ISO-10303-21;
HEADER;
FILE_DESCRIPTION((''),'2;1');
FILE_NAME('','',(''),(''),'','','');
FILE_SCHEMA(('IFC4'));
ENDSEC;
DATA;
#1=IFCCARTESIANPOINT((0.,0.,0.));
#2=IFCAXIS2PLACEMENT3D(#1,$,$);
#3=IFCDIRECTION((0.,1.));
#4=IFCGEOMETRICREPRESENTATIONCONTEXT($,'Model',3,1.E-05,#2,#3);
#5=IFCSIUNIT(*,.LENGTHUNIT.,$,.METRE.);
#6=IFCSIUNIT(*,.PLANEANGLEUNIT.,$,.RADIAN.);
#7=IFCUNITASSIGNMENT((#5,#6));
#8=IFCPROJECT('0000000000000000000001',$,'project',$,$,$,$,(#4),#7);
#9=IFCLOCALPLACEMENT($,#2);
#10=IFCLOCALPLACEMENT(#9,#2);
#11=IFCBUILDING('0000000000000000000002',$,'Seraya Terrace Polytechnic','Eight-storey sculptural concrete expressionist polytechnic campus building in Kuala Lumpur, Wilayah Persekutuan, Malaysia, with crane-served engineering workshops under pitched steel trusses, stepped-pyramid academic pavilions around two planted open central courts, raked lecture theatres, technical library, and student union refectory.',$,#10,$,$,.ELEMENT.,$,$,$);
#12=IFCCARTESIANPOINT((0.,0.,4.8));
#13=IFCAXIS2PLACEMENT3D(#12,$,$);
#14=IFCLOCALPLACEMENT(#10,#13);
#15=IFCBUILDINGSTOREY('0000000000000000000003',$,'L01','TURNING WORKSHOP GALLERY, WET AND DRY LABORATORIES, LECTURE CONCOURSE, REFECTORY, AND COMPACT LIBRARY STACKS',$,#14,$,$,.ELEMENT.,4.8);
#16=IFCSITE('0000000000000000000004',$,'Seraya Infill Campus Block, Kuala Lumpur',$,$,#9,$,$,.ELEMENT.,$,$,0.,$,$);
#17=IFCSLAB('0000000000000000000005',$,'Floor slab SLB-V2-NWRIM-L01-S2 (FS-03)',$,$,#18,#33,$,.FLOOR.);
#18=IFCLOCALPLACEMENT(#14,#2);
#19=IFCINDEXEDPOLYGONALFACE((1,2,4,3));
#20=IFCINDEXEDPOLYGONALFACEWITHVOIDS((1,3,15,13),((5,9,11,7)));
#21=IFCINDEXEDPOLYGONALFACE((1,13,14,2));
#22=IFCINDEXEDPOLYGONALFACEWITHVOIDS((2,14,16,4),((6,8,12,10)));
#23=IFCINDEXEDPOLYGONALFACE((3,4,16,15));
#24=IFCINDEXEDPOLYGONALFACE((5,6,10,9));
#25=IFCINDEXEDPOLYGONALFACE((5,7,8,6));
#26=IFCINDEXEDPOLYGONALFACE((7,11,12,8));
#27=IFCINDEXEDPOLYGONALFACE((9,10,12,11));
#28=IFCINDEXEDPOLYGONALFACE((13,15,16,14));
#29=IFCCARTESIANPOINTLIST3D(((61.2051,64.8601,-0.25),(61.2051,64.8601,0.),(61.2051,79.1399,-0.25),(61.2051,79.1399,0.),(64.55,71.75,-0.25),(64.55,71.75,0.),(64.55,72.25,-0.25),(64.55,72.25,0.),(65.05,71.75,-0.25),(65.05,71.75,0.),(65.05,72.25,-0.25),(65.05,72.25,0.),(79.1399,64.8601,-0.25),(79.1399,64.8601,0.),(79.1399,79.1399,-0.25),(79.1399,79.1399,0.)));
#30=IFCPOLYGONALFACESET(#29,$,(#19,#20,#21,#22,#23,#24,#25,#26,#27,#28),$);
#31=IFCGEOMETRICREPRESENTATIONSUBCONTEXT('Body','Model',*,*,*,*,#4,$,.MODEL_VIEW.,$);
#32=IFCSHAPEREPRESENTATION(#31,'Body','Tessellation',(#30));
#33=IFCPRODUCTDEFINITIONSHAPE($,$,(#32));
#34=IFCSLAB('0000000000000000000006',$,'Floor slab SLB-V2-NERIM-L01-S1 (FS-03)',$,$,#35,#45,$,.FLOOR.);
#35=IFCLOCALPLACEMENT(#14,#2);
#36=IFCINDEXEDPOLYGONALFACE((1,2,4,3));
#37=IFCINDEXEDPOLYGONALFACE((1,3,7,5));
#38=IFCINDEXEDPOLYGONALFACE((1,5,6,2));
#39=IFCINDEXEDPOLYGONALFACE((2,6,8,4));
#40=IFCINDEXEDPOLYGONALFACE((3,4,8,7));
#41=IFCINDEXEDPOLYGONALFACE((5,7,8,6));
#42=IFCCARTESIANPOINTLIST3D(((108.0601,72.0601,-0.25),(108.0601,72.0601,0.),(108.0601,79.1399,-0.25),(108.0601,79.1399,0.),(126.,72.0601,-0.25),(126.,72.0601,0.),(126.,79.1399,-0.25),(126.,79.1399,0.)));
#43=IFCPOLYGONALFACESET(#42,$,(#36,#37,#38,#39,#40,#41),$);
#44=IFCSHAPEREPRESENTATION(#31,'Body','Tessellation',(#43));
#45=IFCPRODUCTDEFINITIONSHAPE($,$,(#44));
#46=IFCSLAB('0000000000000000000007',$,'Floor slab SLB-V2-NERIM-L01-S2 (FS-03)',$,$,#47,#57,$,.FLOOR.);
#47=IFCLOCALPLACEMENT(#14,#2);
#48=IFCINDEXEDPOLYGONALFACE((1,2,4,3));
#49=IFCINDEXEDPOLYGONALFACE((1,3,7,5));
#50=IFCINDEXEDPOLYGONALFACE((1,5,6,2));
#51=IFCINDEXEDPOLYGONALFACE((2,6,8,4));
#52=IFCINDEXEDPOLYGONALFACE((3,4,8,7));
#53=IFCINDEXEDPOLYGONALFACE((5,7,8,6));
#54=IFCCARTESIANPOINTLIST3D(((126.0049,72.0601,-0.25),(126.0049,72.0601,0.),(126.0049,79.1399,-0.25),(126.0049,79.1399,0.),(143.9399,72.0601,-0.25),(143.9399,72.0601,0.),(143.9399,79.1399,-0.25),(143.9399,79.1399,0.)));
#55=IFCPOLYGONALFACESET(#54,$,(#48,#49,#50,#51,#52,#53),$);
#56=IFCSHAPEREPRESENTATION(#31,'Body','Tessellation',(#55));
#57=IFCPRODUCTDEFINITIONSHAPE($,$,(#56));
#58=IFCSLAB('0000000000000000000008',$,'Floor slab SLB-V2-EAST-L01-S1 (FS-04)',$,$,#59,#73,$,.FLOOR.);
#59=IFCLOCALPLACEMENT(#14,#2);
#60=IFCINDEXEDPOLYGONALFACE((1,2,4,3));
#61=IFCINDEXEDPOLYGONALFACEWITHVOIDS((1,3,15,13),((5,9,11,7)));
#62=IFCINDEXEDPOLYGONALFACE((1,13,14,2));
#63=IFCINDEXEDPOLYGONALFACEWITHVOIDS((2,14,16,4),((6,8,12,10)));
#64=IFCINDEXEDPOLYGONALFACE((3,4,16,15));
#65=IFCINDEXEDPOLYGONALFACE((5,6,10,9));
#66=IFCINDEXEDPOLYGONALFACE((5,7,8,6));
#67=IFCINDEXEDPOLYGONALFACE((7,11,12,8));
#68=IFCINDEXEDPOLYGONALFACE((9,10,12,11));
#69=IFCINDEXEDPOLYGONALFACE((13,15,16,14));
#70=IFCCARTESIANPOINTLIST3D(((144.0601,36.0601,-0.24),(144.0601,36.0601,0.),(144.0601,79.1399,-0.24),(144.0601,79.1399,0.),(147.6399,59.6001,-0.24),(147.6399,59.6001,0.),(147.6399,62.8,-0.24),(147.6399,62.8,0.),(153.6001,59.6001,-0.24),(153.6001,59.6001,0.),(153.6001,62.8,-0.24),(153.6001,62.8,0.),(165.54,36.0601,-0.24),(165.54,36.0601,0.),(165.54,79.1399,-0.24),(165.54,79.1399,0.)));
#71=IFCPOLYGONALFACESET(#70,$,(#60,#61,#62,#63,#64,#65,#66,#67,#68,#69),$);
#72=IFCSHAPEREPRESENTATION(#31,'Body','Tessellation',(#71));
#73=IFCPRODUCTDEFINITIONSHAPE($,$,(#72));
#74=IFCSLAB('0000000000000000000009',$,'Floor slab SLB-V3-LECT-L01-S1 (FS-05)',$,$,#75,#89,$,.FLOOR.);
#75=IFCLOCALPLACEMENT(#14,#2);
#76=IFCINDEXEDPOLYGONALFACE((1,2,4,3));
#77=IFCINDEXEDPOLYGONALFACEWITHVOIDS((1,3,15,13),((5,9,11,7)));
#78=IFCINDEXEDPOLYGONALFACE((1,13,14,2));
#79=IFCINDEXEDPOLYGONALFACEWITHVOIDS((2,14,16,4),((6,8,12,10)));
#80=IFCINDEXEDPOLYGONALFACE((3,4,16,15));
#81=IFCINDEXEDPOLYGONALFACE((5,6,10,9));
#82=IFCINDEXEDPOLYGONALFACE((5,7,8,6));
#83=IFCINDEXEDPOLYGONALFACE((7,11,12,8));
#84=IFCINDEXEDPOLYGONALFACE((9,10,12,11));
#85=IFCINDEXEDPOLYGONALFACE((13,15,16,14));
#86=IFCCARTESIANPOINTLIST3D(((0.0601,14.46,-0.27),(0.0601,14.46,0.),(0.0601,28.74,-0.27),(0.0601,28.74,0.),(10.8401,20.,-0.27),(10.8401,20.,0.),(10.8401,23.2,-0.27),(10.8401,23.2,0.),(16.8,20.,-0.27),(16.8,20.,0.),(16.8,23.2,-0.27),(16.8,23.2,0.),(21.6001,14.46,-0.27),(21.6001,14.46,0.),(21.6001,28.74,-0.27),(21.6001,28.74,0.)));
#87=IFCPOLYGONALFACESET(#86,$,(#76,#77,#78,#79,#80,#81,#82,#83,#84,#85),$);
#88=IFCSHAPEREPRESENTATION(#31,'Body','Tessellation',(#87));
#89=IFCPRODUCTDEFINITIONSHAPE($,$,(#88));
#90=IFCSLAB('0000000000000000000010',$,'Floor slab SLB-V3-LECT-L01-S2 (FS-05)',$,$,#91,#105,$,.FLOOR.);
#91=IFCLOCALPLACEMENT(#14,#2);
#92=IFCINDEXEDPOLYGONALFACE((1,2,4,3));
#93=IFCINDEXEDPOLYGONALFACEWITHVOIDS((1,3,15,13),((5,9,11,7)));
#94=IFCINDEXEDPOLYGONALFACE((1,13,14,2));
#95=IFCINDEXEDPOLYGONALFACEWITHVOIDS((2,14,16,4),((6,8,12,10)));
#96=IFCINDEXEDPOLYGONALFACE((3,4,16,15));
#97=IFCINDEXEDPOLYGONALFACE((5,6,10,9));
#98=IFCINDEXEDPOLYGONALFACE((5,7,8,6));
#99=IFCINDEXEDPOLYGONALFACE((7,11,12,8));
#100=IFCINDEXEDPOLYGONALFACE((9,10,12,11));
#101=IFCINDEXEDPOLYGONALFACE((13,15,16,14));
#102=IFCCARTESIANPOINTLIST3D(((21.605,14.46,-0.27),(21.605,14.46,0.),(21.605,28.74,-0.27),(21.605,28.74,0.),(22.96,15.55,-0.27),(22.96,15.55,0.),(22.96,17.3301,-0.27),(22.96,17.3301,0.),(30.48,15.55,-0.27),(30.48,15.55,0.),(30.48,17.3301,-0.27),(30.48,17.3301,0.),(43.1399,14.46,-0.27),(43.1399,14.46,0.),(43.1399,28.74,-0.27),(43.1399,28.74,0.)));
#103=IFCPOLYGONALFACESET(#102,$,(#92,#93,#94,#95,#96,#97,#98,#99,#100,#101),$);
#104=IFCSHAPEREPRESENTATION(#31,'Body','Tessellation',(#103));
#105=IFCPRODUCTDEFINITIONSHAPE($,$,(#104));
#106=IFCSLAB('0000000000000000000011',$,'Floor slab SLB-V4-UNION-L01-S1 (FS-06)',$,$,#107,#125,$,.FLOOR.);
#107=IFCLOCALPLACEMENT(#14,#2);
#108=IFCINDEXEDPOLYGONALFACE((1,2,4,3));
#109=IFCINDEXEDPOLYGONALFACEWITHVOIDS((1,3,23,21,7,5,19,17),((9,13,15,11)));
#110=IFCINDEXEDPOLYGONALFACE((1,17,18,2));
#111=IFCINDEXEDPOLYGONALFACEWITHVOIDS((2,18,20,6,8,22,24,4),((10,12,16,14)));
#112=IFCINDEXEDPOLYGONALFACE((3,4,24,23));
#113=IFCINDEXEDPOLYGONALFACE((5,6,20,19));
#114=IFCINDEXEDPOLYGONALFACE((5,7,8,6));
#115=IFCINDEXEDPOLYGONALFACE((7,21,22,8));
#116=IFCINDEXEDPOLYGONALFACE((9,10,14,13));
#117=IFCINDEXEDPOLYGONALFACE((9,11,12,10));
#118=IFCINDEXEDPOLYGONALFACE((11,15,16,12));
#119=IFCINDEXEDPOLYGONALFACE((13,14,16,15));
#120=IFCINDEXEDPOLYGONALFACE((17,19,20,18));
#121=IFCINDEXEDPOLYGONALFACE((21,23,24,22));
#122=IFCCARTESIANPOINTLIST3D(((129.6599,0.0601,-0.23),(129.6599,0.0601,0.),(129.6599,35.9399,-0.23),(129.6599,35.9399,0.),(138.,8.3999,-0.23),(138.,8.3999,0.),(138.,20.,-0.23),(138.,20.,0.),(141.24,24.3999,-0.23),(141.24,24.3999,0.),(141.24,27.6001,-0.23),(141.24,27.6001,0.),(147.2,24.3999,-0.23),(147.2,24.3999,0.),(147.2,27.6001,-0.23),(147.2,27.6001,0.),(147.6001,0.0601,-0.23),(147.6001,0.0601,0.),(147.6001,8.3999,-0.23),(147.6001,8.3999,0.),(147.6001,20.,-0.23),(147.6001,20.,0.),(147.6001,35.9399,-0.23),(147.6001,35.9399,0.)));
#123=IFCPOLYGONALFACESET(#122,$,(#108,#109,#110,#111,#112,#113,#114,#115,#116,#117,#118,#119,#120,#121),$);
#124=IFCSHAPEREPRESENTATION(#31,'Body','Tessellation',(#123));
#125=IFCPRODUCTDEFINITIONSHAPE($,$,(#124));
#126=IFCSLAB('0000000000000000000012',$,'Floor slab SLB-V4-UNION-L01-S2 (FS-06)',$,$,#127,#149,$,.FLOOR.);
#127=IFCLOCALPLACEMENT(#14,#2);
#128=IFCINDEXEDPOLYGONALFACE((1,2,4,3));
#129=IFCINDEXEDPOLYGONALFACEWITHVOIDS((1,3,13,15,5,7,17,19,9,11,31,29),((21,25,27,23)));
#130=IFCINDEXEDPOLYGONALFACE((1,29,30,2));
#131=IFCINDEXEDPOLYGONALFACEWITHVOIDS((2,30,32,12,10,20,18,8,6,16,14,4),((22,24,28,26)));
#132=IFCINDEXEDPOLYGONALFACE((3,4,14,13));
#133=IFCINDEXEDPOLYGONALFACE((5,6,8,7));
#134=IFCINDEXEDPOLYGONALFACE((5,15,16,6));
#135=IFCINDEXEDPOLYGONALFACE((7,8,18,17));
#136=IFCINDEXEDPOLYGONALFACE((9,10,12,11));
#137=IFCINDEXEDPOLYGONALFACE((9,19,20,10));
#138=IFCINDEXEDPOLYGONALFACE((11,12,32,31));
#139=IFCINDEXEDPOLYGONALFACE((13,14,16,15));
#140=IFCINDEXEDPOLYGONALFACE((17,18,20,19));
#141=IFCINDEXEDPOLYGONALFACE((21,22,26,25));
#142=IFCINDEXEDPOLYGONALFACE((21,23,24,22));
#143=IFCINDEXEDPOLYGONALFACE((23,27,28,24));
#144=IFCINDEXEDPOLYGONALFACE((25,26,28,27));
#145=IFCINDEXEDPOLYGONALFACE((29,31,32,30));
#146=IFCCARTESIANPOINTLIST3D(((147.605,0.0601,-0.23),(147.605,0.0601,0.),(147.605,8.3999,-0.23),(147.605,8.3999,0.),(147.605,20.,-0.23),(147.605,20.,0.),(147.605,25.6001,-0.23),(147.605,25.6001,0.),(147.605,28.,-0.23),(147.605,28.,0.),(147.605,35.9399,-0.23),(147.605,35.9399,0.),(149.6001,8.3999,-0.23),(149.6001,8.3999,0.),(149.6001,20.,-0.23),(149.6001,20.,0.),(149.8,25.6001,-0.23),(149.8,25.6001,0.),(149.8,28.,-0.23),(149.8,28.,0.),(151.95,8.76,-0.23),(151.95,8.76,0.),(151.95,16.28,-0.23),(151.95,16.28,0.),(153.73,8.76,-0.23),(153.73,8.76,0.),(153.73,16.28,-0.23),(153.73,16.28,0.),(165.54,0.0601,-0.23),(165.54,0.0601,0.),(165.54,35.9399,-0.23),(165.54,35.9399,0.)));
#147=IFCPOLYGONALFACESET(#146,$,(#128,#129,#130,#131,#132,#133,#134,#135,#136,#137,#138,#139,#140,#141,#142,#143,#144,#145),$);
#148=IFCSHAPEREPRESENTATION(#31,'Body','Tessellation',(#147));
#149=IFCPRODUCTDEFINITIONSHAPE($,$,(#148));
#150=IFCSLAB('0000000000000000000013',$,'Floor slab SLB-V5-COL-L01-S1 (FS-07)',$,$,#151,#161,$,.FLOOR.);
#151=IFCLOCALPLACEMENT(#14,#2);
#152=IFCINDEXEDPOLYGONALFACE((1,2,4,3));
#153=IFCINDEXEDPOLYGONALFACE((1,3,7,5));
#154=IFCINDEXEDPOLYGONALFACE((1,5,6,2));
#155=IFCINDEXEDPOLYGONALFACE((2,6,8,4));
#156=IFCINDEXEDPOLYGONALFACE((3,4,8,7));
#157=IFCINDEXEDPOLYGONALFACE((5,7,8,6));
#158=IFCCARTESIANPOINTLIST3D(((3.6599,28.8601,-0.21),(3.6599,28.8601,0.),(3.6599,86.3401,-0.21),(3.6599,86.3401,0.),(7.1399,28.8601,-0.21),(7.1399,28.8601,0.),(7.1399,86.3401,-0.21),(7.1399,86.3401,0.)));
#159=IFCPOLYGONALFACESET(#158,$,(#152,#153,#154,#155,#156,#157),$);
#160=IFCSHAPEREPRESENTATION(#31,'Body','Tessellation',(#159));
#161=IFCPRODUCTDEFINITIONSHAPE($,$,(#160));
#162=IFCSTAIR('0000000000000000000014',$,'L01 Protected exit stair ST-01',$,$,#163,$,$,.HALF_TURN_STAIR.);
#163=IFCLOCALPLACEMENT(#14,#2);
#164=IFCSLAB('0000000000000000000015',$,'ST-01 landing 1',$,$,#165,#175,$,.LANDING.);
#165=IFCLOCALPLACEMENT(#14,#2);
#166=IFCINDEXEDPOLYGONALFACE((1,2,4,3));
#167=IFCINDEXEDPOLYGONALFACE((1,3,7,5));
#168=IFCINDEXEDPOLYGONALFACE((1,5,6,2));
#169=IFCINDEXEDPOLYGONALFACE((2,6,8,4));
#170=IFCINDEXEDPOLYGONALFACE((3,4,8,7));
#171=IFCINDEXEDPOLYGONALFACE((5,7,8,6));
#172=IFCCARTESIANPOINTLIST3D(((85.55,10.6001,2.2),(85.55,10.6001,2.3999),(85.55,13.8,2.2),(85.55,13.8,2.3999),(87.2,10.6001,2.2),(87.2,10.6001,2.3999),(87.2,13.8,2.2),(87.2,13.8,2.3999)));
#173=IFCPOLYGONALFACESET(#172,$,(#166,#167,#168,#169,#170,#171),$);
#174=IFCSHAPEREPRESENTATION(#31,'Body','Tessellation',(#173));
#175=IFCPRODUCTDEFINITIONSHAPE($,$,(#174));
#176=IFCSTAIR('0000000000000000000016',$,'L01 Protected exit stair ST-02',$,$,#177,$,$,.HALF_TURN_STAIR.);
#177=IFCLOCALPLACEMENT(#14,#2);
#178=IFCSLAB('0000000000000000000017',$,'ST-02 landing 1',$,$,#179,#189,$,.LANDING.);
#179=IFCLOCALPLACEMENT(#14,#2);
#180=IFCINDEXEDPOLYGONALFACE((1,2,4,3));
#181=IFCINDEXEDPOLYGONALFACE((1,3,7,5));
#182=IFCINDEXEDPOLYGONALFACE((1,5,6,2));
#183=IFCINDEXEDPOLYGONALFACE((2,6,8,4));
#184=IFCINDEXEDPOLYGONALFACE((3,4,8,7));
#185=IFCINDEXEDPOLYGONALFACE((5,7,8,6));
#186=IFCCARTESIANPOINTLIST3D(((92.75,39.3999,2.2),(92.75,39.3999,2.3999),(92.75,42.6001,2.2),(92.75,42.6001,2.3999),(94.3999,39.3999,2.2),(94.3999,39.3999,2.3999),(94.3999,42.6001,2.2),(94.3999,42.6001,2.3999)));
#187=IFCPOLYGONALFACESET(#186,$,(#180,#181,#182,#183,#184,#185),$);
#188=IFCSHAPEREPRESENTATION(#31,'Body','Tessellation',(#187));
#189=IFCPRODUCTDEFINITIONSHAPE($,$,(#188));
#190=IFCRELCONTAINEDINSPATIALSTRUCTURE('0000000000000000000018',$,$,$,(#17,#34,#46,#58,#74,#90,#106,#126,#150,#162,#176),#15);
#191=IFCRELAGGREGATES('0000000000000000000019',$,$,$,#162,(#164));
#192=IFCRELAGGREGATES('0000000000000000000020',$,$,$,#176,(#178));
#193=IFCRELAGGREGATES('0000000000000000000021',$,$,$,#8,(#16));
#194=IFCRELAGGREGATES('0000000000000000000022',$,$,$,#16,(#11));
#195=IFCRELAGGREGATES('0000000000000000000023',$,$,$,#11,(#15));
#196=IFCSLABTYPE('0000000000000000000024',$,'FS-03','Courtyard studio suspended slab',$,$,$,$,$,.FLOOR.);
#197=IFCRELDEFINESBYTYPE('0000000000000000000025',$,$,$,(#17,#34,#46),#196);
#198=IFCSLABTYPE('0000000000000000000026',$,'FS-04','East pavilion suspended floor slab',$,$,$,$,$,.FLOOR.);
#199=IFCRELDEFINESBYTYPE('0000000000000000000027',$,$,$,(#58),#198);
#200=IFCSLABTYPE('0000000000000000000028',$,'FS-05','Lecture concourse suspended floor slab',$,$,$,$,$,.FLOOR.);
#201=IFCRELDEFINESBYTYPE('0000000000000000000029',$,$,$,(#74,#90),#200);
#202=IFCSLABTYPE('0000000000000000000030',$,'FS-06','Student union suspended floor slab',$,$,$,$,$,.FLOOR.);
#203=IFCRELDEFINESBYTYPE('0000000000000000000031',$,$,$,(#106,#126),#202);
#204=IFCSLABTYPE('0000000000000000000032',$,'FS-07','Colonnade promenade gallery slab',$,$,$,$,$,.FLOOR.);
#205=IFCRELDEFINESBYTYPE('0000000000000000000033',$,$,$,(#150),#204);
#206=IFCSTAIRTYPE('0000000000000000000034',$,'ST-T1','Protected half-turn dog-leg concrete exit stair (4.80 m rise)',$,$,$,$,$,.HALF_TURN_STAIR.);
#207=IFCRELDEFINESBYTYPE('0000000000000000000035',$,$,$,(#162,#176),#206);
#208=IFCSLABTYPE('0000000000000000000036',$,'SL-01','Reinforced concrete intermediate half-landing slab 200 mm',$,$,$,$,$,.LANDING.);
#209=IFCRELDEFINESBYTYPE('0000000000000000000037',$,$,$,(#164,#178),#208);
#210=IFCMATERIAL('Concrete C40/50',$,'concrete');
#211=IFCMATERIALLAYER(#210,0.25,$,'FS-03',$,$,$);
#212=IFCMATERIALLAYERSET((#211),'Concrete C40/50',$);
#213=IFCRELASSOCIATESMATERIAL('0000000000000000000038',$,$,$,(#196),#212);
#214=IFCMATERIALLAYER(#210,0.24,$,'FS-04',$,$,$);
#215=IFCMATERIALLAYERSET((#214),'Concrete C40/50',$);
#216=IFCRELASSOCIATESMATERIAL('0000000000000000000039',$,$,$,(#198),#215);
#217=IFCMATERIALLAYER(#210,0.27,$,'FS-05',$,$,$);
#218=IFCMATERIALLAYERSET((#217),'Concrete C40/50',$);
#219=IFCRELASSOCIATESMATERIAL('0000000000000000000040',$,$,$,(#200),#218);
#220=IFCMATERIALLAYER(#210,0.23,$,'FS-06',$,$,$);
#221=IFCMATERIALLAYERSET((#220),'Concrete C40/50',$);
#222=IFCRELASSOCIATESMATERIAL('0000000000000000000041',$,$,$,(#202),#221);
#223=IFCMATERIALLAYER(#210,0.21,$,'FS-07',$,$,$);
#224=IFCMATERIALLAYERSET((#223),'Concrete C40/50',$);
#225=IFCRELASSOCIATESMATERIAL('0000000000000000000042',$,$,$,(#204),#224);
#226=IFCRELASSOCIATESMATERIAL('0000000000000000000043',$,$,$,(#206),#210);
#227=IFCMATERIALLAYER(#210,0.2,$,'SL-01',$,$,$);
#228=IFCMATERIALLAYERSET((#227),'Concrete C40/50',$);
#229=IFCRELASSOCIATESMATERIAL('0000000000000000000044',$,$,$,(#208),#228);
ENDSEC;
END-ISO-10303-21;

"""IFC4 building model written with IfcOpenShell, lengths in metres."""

from ifc_helpers import new_model, si_unit, direction, frame, origin, place, context, subcontext, project, spatial, polyline, outline, extrude, material, layer, layer_set, type_object, element, aggregate, save


model = new_model("IFC4")

# Units and contexts
model_context = context("Model", 3, precision=1e-05, world=origin(), true_north=direction((0.0, 1.0)))
body_context = subcontext(model_context, "Body", "Model", "MODEL_VIEW")
ifc_project = project(units=[si_unit("LENGTHUNIT", "METRE"), si_unit("PLANEANGLEUNIT", "RADIAN")], contexts=[model_context])

# Site, building, storey
site_placement = place(None, origin())
site = spatial("IfcSite", under=ifc_project, at=site_placement, Name="Seraya Infill Campus Block, Kuala Lumpur", CompositionType="ELEMENT", RefElevation=0.0)
building_placement = place(site_placement, origin())
building = spatial("IfcBuilding", under=site, at=building_placement, Name="Seraya Terrace Polytechnic", Description="Eight-storey sculptural concrete expressionist polytechnic campus building in Kuala Lumpur, Wilayah Persekutuan, Malaysia, with crane-served engineering workshops under pitched steel trusses, stepped-pyramid academic pavilions around two planted open central courts, raked lecture theatres, technical library, and student union refectory.", CompositionType="ELEMENT")
storey_placement = place(building_placement, frame((0.0, 0.0, 4.8)))
storey = spatial("IfcBuildingStorey", under=building, at=storey_placement, Name="L01", Description="TURNING WORKSHOP GALLERY, WET AND DRY LABORATORIES, LECTURE CONCOURSE, REFECTORY, AND COMPACT LIBRARY STACKS", CompositionType="ELEMENT", Elevation=4.8)

# Shared definitions
ifc_material = material(Name="Concrete C40/50", Category="concrete")

# Slabs
ifc_layer_1 = layer(ifc_material, 0.25, Name="FS-03")
ifc_layer_set_1 = layer_set([ifc_layer_1], Name="Concrete C40/50")
slab_type_1 = type_object("IfcSlabType", Name="FS-03", Description="Courtyard studio suspended slab", PredefinedType="FLOOR", material=ifc_layer_set_1)
slab_1_placement = place(storey_placement, frame((0.0, 0.0, -0.25)))
element("IfcSlab", 1, at=slab_1_placement, inside=storey, type_object=slab_type_1, Name="Floor slab SLB-V2-NWRIM-L01-S2 (FS-03)", PredefinedType="FLOOR", context=body_context, shape_type="SweptSolid", body=[
    extrude(outline(polyline([(79.1399, 79.1399), (79.1399, 64.8601), (61.2051, 64.8601), (61.2051, 79.1399), (79.1399, 79.1399)]), holes=[polyline([(64.55, 72.25), (64.55, 71.75), (65.05, 71.75), (65.05, 72.25), (64.55, 72.25)])]), origin(), (0.0, 0.0, 1.0), 0.25),
])
slab_2_placement = place(storey_placement, frame((0.0, 0.0, -0.25)))
element("IfcSlab", 2, at=slab_2_placement, inside=storey, type_object=slab_type_1, Name="Floor slab SLB-V2-NERIM-L01-S1 (FS-03)", PredefinedType="FLOOR", context=body_context, shape_type="SweptSolid", body=[
    extrude(outline(polyline([(108.0601, 79.1399), (126.0, 79.1399), (126.0, 72.0601), (108.0601, 72.0601), (108.0601, 79.1399)])), origin(), (0.0, 0.0, 1.0), 0.25),
])
slab_3_placement = place(storey_placement, frame((0.0, 0.0, -0.25)))
element("IfcSlab", 3, at=slab_3_placement, inside=storey, type_object=slab_type_1, Name="Floor slab SLB-V2-NERIM-L01-S2 (FS-03)", PredefinedType="FLOOR", context=body_context, shape_type="SweptSolid", body=[
    extrude(outline(polyline([(143.9399, 79.1399), (143.9399, 72.0601), (126.0049, 72.0601), (126.0049, 79.1399), (143.9399, 79.1399)])), origin(), (0.0, 0.0, 1.0), 0.25),
])
ifc_layer_2 = layer(ifc_material, 0.24, Name="FS-04")
ifc_layer_set_2 = layer_set([ifc_layer_2], Name="Concrete C40/50")
slab_type_2 = type_object("IfcSlabType", Name="FS-04", Description="East pavilion suspended floor slab", PredefinedType="FLOOR", material=ifc_layer_set_2)
slab_4_placement = place(storey_placement, frame((0.0, 0.0, -0.24)))
element("IfcSlab", 4, at=slab_4_placement, inside=storey, type_object=slab_type_2, Name="Floor slab SLB-V2-EAST-L01-S1 (FS-04)", PredefinedType="FLOOR", context=body_context, shape_type="SweptSolid", body=[
    extrude(outline(polyline([(144.0601, 79.1399), (165.54, 79.1399), (165.54, 36.0601), (144.0601, 36.0601), (144.0601, 79.1399)]), holes=[polyline([(153.6001, 62.8), (147.6399, 62.8), (147.6399, 59.6001), (153.6001, 59.6001), (153.6001, 62.8)])]), origin(), (0.0, 0.0, 1.0), 0.24),
])
ifc_layer_3 = layer(ifc_material, 0.27, Name="FS-05")
ifc_layer_set_3 = layer_set([ifc_layer_3], Name="Concrete C40/50")
slab_type_3 = type_object("IfcSlabType", Name="FS-05", Description="Lecture concourse suspended floor slab", PredefinedType="FLOOR", material=ifc_layer_set_3)
slab_5_placement = place(storey_placement, frame((0.0, 0.0, -0.27)))
element("IfcSlab", 5, at=slab_5_placement, inside=storey, type_object=slab_type_3, Name="Floor slab SLB-V3-LECT-L01-S1 (FS-05)", PredefinedType="FLOOR", context=body_context, shape_type="SweptSolid", body=[
    extrude(outline(polyline([(0.0601, 28.74), (21.6001, 28.74), (21.6001, 14.46), (0.0601, 14.46), (0.0601, 28.74)]), holes=[polyline([(16.8, 23.2), (10.8401, 23.2), (10.8401, 20.0), (16.8, 20.0), (16.8, 23.2)])]), origin(), (0.0, 0.0, 1.0), 0.27),
])
slab_6_placement = place(storey_placement, frame((0.0, 0.0, -0.27)))
element("IfcSlab", 6, at=slab_6_placement, inside=storey, type_object=slab_type_3, Name="Floor slab SLB-V3-LECT-L01-S2 (FS-05)", PredefinedType="FLOOR", context=body_context, shape_type="SweptSolid", body=[
    extrude(outline(polyline([(43.1399, 28.74), (43.1399, 14.46), (21.605, 14.46), (21.605, 28.74), (43.1399, 28.74)]), holes=[polyline([(30.48, 17.3301), (22.96, 17.3301), (22.96, 15.55), (30.48, 15.55), (30.48, 17.3301)])]), origin(), (0.0, 0.0, 1.0), 0.27),
])
ifc_layer_4 = layer(ifc_material, 0.23, Name="FS-06")
ifc_layer_set_4 = layer_set([ifc_layer_4], Name="Concrete C40/50")
slab_type_4 = type_object("IfcSlabType", Name="FS-06", Description="Student union suspended floor slab", PredefinedType="FLOOR", material=ifc_layer_set_4)
slab_7_placement = place(storey_placement, frame((0.0, 0.0, -0.23)))
element("IfcSlab", 7, at=slab_7_placement, inside=storey, type_object=slab_type_4, Name="Floor slab SLB-V4-UNION-L01-S1 (FS-06)", PredefinedType="FLOOR", context=body_context, shape_type="SweptSolid", body=[
    extrude(outline(polyline([(129.6599, 0.0601), (129.6599, 35.9399), (147.6001, 35.9399), (147.6001, 20.0), (138.0, 20.0), (138.0, 8.3999), (147.6001, 8.3999), (147.6001, 0.0601), (129.6599, 0.0601)]), holes=[polyline([(147.2, 27.6001), (141.24, 27.6001), (141.24, 24.3999), (147.2, 24.3999), (147.2, 27.6001)])]), origin(), (0.0, 0.0, 1.0), 0.23),
])
slab_8_placement = place(storey_placement, frame((0.0, 0.0, -0.23)))
element("IfcSlab", 8, at=slab_8_placement, inside=storey, type_object=slab_type_4, Name="Floor slab SLB-V4-UNION-L01-S2 (FS-06)", PredefinedType="FLOOR", context=body_context, shape_type="SweptSolid", body=[
    extrude(outline(polyline([(165.54, 35.9399), (165.54, 0.0601), (147.605, 0.0601), (147.605, 8.3999), (149.6001, 8.3999), (149.6001, 20.0), (147.605, 20.0), (147.605, 25.6001), (149.8, 25.6001), (149.8, 28.0), (147.605, 28.0), (147.605, 35.9399), (165.54, 35.9399)]), holes=[polyline([(153.73, 16.28), (151.95, 16.28), (151.95, 8.76), (153.73, 8.76), (153.73, 16.28)])]), origin(), (0.0, 0.0, 1.0), 0.23),
])
ifc_layer_5 = layer(ifc_material, 0.21, Name="FS-07")
ifc_layer_set_5 = layer_set([ifc_layer_5], Name="Concrete C40/50")
slab_type_5 = type_object("IfcSlabType", Name="FS-07", Description="Colonnade promenade gallery slab", PredefinedType="FLOOR", material=ifc_layer_set_5)
slab_9_placement = place(storey_placement, frame((0.0, 0.0, -0.21)))
element("IfcSlab", 9, at=slab_9_placement, inside=storey, type_object=slab_type_5, Name="Floor slab SLB-V5-COL-L01-S1 (FS-07)", PredefinedType="FLOOR", context=body_context, shape_type="SweptSolid", body=[
    extrude(outline(polyline([(3.6599, 86.3401), (7.1399, 86.3401), (7.1399, 28.8601), (3.6599, 28.8601), (3.6599, 86.3401)])), origin(), (0.0, 0.0, 1.0), 0.21),
])

# Stairs, slabs
stair_type = type_object("IfcStairType", Name="ST-T1", Description="Protected half-turn dog-leg concrete exit stair (4.80 m rise)", PredefinedType="HALF_TURN_STAIR", material=ifc_material)
stair_1_placement = place(storey_placement, origin())
stair_1 = element("IfcStair", 10, at=stair_1_placement, inside=storey, type_object=stair_type, Name="L01 Protected exit stair ST-01", PredefinedType="HALF_TURN_STAIR")
ifc_layer_6 = layer(ifc_material, 0.2, Name="SL-01")
ifc_layer_set_6 = layer_set([ifc_layer_6], Name="Concrete C40/50")
slab_type_6 = type_object("IfcSlabType", Name="SL-01", Description="Reinforced concrete intermediate half-landing slab 200 mm", PredefinedType="LANDING", material=ifc_layer_set_6)
slab_10_placement = place(storey_placement, frame((0.0, 0.0, 2.2)))
slab_10 = element("IfcSlab", 11, at=slab_10_placement, type_object=slab_type_6, Name="ST-01 landing 1", PredefinedType="LANDING", context=body_context, shape_type="SweptSolid", body=[
    extrude(outline(polyline([(85.55, 10.6001), (87.2, 10.6001), (87.2, 13.8), (85.55, 13.8), (85.55, 10.6001)])), origin(), (0.0, 0.0, 1.0), 0.2),
])
aggregate(stair_1, [slab_10])
stair_2_placement = place(storey_placement, origin())
stair_2 = element("IfcStair", 12, at=stair_2_placement, inside=storey, type_object=stair_type, Name="L01 Protected exit stair ST-02", PredefinedType="HALF_TURN_STAIR")
slab_11_placement = place(storey_placement, frame((0.0, 0.0, 2.2)))
slab_11 = element("IfcSlab", 13, at=slab_11_placement, type_object=slab_type_6, Name="ST-02 landing 1", PredefinedType="LANDING", context=body_context, shape_type="SweptSolid", body=[
    extrude(outline(polyline([(92.75, 39.3999), (94.3999, 39.3999), (94.3999, 42.6001), (92.75, 42.6001), (92.75, 39.3999)])), origin(), (0.0, 0.0, 1.0), 0.2),
])
aggregate(stair_2, [slab_11])

save(model, "model.ifc")
